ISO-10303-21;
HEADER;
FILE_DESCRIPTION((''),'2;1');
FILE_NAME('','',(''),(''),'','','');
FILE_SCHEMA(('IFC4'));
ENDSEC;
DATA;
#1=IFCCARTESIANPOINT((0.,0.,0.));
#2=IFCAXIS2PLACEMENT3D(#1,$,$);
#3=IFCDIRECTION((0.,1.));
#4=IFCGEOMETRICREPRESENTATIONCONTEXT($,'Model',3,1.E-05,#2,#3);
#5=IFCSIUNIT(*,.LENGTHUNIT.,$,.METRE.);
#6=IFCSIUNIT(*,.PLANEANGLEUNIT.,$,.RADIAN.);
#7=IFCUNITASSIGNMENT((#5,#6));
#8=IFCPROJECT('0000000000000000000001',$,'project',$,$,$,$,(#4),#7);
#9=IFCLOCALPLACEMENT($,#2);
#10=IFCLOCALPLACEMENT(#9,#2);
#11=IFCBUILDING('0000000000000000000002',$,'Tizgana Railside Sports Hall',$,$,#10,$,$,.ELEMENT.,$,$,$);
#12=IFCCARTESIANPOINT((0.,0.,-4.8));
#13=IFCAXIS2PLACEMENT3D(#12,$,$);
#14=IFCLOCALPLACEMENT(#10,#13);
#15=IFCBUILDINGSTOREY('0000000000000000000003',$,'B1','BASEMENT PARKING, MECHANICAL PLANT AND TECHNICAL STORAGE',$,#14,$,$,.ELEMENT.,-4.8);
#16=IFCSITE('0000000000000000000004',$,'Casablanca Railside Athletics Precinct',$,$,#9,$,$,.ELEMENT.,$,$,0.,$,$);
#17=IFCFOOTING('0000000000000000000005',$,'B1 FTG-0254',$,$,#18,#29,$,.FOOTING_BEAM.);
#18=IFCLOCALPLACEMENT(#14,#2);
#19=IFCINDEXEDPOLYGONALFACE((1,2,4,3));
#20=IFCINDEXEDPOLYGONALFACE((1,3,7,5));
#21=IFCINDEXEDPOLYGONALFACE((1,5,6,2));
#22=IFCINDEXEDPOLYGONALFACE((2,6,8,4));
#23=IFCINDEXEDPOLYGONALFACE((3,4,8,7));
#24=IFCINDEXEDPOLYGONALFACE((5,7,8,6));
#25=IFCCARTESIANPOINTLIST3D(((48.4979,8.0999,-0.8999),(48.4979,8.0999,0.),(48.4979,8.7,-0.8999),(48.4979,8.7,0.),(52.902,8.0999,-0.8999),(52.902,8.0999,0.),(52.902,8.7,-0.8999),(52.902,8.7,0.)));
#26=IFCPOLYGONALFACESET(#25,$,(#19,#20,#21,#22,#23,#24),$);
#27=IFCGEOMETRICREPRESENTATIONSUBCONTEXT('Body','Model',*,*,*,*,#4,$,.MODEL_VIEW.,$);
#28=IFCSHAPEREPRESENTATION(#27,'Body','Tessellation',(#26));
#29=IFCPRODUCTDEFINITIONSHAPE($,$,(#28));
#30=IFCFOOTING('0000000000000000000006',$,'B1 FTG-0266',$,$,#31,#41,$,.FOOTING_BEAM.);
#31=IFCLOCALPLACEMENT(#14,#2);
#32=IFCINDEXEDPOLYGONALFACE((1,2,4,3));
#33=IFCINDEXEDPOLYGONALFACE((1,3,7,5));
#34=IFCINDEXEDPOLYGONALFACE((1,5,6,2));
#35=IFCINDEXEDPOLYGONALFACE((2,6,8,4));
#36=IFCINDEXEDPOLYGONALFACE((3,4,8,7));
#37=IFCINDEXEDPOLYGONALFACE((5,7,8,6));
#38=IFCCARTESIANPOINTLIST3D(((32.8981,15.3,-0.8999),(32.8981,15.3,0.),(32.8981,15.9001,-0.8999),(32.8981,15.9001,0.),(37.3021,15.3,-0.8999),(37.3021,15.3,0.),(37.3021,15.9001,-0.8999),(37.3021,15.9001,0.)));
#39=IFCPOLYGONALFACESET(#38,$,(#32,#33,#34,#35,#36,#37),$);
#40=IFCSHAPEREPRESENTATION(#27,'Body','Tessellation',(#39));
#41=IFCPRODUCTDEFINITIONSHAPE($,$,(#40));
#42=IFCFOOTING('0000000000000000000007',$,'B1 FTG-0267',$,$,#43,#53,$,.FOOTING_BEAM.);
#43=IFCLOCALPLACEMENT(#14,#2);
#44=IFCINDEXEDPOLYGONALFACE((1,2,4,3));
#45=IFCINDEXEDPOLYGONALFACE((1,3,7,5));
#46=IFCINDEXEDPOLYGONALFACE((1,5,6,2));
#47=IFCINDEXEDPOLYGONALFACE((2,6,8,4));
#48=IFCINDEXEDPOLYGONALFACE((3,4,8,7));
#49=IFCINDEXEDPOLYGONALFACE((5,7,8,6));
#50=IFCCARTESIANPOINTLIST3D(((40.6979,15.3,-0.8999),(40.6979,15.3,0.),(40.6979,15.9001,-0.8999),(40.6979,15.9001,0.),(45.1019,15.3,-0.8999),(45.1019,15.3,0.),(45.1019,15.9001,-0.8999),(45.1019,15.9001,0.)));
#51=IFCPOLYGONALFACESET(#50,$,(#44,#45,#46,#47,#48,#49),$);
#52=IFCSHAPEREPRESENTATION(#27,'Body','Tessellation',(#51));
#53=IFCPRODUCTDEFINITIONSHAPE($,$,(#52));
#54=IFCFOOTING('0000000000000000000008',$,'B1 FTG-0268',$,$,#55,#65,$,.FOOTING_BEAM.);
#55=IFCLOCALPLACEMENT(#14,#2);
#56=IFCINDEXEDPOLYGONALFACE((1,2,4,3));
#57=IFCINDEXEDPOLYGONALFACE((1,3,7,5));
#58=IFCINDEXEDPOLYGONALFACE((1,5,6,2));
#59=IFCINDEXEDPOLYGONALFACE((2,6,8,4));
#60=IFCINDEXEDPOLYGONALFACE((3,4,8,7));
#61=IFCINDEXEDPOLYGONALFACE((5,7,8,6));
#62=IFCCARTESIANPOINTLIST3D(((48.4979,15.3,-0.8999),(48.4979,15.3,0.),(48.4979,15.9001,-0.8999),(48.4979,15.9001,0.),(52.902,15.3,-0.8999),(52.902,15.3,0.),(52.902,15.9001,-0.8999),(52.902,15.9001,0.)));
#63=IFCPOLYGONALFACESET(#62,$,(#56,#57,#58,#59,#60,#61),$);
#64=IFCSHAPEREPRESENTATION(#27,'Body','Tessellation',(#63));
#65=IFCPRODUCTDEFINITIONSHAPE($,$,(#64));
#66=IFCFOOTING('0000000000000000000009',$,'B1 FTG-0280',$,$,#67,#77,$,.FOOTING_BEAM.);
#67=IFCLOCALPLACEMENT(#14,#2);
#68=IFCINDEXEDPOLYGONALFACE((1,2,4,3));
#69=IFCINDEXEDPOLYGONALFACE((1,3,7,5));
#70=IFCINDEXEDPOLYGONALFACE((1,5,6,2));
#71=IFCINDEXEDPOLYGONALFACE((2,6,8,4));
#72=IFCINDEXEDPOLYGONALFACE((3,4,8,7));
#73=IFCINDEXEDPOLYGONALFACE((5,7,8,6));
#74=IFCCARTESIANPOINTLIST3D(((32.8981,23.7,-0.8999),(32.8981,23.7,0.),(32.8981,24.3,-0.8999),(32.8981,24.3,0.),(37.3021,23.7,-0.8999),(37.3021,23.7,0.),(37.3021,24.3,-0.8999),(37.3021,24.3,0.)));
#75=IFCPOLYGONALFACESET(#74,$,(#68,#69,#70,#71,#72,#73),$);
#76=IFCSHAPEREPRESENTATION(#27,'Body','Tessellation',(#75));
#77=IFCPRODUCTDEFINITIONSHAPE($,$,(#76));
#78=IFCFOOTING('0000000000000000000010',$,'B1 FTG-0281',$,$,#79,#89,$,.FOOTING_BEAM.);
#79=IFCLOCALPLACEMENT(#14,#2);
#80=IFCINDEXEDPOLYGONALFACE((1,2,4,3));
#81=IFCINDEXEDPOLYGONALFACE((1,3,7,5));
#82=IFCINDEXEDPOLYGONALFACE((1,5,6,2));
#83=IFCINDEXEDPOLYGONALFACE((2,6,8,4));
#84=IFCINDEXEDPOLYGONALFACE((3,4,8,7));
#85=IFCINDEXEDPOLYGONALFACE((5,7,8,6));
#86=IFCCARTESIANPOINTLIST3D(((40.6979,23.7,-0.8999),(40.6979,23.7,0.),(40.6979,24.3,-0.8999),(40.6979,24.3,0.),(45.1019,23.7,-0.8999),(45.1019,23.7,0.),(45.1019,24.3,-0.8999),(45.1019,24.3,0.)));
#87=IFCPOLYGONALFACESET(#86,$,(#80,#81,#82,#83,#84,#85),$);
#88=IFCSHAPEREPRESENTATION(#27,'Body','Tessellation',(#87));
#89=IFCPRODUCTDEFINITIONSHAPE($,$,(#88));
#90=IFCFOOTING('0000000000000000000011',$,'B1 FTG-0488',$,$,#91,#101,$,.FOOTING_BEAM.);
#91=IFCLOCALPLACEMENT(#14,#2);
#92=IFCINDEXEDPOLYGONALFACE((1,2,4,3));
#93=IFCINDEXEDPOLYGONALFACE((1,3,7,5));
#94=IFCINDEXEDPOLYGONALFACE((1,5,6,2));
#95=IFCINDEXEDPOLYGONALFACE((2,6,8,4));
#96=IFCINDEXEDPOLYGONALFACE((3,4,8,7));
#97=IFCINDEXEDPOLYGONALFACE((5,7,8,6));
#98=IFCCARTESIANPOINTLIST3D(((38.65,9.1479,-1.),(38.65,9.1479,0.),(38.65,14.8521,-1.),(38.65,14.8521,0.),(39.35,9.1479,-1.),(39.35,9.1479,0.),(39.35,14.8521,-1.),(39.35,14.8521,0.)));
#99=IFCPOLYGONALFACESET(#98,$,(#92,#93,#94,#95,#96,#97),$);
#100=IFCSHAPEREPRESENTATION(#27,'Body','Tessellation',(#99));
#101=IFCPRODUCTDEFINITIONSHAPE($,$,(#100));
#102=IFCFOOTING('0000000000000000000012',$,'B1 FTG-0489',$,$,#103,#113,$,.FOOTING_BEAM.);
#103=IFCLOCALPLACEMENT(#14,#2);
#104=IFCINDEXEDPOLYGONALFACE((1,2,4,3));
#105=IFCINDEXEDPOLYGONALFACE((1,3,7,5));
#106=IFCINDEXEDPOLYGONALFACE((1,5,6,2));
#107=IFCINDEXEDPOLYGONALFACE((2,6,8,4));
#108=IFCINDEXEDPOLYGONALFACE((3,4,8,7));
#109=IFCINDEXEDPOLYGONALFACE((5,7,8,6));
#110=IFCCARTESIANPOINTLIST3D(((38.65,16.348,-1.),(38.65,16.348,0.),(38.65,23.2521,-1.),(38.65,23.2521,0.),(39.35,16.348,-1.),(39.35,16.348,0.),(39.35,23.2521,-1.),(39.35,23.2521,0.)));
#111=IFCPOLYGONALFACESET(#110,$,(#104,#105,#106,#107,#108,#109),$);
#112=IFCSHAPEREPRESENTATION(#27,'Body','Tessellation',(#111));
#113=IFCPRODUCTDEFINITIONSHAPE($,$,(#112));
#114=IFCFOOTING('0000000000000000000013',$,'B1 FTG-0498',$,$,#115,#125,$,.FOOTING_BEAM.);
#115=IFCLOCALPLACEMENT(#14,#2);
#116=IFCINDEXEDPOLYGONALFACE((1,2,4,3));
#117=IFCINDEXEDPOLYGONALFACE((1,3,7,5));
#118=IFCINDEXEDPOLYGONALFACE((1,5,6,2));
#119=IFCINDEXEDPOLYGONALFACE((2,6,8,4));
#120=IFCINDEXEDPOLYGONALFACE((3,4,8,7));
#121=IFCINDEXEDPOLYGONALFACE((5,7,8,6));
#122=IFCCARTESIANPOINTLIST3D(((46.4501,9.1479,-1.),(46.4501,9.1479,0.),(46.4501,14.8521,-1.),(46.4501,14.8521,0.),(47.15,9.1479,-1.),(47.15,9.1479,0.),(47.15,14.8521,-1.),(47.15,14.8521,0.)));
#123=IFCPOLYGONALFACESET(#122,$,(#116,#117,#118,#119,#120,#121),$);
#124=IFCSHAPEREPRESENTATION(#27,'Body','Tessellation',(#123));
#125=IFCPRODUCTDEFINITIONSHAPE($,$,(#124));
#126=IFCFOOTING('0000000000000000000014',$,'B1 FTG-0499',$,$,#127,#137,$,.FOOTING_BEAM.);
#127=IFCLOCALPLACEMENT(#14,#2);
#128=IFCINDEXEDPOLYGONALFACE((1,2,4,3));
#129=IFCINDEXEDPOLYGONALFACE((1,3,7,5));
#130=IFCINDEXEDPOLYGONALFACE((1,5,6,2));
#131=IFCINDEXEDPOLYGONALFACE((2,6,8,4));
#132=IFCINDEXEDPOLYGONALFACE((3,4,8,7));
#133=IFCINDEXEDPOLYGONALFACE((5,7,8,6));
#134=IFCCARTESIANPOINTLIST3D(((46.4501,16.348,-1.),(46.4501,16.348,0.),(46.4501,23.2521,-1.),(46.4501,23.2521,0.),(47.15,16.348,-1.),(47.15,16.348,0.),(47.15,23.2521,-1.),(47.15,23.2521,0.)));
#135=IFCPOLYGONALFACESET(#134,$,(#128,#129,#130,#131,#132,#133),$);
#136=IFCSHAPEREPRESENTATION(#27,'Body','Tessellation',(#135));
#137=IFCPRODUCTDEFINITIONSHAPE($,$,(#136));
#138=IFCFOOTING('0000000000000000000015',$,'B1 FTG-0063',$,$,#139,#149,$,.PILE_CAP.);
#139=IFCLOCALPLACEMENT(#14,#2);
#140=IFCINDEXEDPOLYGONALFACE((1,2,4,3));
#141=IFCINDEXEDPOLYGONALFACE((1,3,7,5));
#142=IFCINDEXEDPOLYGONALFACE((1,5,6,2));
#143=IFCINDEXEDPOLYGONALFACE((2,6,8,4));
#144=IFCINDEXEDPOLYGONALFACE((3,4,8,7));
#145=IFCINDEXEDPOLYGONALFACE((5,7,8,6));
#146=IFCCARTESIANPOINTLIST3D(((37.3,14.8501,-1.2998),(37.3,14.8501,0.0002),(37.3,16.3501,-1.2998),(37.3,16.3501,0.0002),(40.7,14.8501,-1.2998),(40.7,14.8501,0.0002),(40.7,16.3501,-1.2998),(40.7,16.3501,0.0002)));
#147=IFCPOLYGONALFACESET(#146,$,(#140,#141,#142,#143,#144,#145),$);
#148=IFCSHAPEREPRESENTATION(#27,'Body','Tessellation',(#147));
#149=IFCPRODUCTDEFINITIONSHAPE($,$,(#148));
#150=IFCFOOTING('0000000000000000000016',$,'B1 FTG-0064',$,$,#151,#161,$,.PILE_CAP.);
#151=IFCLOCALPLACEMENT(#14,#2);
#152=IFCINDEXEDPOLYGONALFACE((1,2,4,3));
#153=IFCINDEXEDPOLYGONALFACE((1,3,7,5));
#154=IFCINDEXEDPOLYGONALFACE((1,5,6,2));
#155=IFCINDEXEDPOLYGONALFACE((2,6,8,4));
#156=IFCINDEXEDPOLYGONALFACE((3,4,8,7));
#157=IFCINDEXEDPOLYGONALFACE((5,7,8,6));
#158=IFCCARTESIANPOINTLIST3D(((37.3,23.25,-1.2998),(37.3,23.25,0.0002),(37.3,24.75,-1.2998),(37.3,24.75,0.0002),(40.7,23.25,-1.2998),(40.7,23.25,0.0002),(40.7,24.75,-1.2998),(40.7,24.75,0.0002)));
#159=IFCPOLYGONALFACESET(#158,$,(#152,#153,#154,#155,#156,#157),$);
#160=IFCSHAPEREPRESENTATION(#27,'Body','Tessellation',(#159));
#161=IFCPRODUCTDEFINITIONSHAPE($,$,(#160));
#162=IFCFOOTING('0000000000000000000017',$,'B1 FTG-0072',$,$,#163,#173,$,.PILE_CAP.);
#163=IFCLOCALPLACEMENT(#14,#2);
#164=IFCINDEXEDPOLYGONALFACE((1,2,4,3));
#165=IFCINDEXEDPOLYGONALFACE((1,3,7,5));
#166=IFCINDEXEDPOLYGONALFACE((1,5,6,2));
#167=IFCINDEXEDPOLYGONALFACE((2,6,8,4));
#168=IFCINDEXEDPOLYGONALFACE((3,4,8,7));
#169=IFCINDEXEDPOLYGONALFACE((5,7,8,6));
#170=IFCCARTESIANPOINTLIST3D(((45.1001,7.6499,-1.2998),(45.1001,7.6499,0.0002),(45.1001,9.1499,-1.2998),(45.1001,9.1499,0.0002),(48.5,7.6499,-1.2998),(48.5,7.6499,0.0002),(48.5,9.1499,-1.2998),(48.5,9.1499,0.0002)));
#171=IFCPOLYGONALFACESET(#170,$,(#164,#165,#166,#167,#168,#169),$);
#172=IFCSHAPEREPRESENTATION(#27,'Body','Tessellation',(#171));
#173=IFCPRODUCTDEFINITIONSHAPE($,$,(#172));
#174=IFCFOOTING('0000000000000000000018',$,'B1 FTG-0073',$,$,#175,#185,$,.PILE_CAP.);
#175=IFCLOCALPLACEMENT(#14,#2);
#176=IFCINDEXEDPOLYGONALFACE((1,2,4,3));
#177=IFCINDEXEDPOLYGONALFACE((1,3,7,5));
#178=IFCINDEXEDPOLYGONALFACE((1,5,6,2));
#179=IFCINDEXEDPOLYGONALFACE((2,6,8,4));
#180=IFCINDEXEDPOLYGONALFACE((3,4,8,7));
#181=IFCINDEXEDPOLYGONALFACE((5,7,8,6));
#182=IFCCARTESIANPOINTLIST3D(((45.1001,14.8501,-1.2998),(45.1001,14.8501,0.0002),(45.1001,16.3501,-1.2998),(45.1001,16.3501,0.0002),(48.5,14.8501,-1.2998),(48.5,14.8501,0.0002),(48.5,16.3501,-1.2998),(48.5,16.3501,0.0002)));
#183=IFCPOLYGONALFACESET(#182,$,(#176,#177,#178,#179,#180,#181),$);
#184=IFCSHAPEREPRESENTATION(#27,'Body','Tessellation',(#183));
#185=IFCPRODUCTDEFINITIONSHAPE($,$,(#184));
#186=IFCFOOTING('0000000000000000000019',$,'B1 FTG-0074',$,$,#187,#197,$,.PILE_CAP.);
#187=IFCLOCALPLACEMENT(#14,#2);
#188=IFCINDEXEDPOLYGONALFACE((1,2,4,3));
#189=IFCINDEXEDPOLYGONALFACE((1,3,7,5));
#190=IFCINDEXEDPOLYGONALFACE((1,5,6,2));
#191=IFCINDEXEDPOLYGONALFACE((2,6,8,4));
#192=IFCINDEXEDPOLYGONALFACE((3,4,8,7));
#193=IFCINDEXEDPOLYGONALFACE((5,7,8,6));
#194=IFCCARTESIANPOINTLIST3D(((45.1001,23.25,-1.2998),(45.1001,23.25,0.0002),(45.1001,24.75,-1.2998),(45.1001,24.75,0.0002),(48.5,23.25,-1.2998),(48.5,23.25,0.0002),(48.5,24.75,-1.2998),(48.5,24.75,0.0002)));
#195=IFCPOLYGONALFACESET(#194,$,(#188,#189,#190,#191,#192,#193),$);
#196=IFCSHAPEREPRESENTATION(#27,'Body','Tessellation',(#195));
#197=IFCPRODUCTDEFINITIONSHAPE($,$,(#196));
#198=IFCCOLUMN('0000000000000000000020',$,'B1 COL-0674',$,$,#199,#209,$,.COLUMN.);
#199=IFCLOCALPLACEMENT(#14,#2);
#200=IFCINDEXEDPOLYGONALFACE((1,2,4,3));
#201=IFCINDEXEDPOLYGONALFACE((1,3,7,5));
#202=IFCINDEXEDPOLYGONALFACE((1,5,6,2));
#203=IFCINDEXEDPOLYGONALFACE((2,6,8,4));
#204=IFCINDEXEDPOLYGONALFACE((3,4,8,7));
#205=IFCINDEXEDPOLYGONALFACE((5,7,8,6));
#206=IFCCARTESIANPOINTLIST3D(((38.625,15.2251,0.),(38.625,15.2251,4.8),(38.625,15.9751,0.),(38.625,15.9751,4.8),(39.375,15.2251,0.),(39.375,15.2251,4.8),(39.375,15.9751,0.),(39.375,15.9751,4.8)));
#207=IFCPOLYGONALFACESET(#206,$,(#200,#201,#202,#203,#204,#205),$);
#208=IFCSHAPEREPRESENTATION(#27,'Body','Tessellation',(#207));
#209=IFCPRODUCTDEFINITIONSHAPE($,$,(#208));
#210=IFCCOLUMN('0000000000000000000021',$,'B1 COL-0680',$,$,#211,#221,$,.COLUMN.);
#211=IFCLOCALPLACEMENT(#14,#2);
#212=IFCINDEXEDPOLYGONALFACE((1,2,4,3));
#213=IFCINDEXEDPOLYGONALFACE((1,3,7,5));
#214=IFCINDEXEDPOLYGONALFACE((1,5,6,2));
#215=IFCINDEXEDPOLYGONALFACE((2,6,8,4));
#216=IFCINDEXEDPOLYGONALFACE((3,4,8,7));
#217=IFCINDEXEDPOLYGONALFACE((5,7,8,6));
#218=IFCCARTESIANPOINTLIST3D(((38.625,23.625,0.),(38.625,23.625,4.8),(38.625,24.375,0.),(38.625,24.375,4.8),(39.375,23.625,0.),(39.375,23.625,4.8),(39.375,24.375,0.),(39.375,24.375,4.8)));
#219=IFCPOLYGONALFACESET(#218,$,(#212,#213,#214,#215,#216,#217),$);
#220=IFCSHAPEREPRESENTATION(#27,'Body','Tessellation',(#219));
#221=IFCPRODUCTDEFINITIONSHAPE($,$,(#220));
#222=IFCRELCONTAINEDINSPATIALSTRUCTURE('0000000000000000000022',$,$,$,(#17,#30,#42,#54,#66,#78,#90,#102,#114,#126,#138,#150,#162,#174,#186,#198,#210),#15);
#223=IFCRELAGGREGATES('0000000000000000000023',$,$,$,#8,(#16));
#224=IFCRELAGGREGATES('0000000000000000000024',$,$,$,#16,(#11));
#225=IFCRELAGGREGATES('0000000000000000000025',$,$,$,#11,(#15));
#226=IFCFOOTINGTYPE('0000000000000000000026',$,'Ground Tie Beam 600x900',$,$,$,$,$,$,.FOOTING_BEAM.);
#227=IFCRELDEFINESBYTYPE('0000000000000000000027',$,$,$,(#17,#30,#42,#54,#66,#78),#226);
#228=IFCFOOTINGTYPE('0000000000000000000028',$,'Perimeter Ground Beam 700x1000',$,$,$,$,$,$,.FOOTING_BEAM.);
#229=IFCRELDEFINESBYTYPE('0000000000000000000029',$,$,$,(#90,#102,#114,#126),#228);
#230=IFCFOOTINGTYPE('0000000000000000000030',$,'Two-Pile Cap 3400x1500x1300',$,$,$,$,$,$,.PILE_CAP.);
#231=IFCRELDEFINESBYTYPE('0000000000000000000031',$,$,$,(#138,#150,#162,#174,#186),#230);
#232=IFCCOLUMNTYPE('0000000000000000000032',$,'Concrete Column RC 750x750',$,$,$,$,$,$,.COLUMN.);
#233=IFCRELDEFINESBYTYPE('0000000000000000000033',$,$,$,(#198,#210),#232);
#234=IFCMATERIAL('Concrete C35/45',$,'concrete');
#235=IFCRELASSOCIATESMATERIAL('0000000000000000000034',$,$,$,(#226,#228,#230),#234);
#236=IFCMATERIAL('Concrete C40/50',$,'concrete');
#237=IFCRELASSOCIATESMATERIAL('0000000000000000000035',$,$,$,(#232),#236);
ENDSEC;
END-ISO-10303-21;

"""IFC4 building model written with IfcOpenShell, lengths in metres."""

from ifc_helpers import new_model, si_unit, direction, frame, origin, origin_2d, place, context, subcontext, project, spatial, rectangle, extrude, material, material_profile, profile_set, type_object, element, save


model = new_model("IFC4")

# Units and contexts
model_context = context("Model", 3, precision=1e-05, world=origin(), true_north=direction((0.0, 1.0)))
body_context = subcontext(model_context, "Body", "Model", "MODEL_VIEW")
ifc_project = project(units=[si_unit("LENGTHUNIT", "METRE"), si_unit("PLANEANGLEUNIT", "RADIAN")], contexts=[model_context])

# Site, building, storey
site_placement = place(None, origin())
site = spatial("IfcSite", under=ifc_project, at=site_placement, Name="Casablanca Railside Athletics Precinct", CompositionType="ELEMENT", RefElevation=0.0)
building_placement = place(site_placement, origin())
building = spatial("IfcBuilding", under=site, at=building_placement, Name="Tizgana Railside Sports Hall", CompositionType="ELEMENT")
storey_placement = place(building_placement, frame((0.0, 0.0, -4.8)))
storey = spatial("IfcBuildingStorey", under=building, at=storey_placement, Name="B1", Description="BASEMENT PARKING, MECHANICAL PLANT AND TECHNICAL STORAGE", CompositionType="ELEMENT", Elevation=-4.8)

# Shared definitions
ifc_material_1 = material(Name="Concrete C35/45", Category="concrete")

# Footings
footing_type_1 = type_object("IfcFootingType", Name="Ground Tie Beam 600x900", PredefinedType="FOOTING_BEAM", material=ifc_material_1)
for number, where, z_axis, x_axis, name in (
    (1, (50.7, 8.3999, -0.8999), (0.0, 0.0, 1.0), (1.0, 0.0, 0.0), "B1 FTG-0254"),
    (2, (35.1001, 15.6001, -0.8999), (0.0, 0.0, 1.0), (1.0, 0.0, 0.0), "B1 FTG-0266"),
    (3, (42.8999, 15.6001, -0.8999), (0.0, 0.0, 1.0), (1.0, 0.0, 0.0), "B1 FTG-0267"),
    (4, (50.7, 15.6001, -0.8999), (0.0, 0.0, 1.0), (1.0, 0.0, 0.0), "B1 FTG-0268"),
    (5, (35.1001, 24.0, -0.8999), (0.0, 0.0, 1.0), (1.0, 0.0, 0.0), "B1 FTG-0280"),
    (6, (42.8999, 24.0, -0.8999), (0.0, 0.0, 1.0), (1.0, 0.0, 0.0), "B1 FTG-0281"),
):
    element("IfcFooting", number, at=place(storey_placement, frame(where, z_axis=z_axis, x_axis=x_axis)), inside=storey, type_object=footing_type_1, Name=name, PredefinedType="FOOTING_BEAM", context=body_context, shape_type="SweptSolid", body=[
        extrude(rectangle(XDim=4.4041, YDim=0.6001, at=origin_2d()), origin(), (0.0, 0.0, 1.0), 0.8999),
    ])
footing_type_2 = type_object("IfcFootingType", Name="Perimeter Ground Beam 700x1000", PredefinedType="FOOTING_BEAM", material=ifc_material_1)
footing_1_placement = place(storey_placement, frame((39.0, 12.0, -1.0), z_axis=(0.0, 0.0, 1.0), x_axis=(0.0, 1.0, 0.0)))
element("IfcFooting", 7, at=footing_1_placement, inside=storey, type_object=footing_type_2, Name="B1 FTG-0488", PredefinedType="FOOTING_BEAM", context=body_context, shape_type="SweptSolid", body=[
    extrude(rectangle(XDim=5.7041, YDim=0.7, at=origin_2d()), origin(), (0.0, 0.0, 1.0), 1.0),
])
footing_2_placement = place(storey_placement, frame((39.0, 19.8, -1.0), z_axis=(0.0, 0.0, 1.0), x_axis=(0.0, 1.0, 0.0)))
element("IfcFooting", 8, at=footing_2_placement, inside=storey, type_object=footing_type_2, Name="B1 FTG-0489", PredefinedType="FOOTING_BEAM", context=body_context, shape_type="SweptSolid", body=[
    extrude(rectangle(XDim=6.9041, YDim=0.7, at=origin_2d()), origin(), (0.0, 0.0, 1.0), 1.0),
])
footing_3_placement = place(storey_placement, frame((46.8, 12.0, -1.0), z_axis=(0.0, 0.0, 1.0), x_axis=(0.0, 1.0, 0.0)))
element("IfcFooting", 9, at=footing_3_placement, inside=storey, type_object=footing_type_2, Name="B1 FTG-0498", PredefinedType="FOOTING_BEAM", context=body_context, shape_type="SweptSolid", body=[
    extrude(rectangle(XDim=5.7041, YDim=0.7, at=origin_2d()), origin(), (0.0, 0.0, 1.0), 1.0),
])
footing_4_placement = place(storey_placement, frame((46.8, 19.8, -1.0), z_axis=(0.0, 0.0, 1.0), x_axis=(0.0, 1.0, 0.0)))
element("IfcFooting", 10, at=footing_4_placement, inside=storey, type_object=footing_type_2, Name="B1 FTG-0499", PredefinedType="FOOTING_BEAM", context=body_context, shape_type="SweptSolid", body=[
    extrude(rectangle(XDim=6.9041, YDim=0.7, at=origin_2d()), origin(), (0.0, 0.0, 1.0), 1.0),
])
footing_type_3 = type_object("IfcFootingType", Name="Two-Pile Cap 3400x1500x1300", PredefinedType="PILE_CAP", material=ifc_material_1)
for number, where, z_axis, x_axis, name in (
    (11, (39.0, 15.6001, -1.2998), (0.0, 0.0, 1.0), (1.0, 0.0, 0.0), "B1 FTG-0063"),
    (12, (39.0, 24.0, -1.2998), (0.0, 0.0, 1.0), (1.0, 0.0, 0.0), "B1 FTG-0064"),
    (13, (46.8, 8.3999, -1.2998), (0.0, 0.0, 1.0), (1.0, 0.0, 0.0), "B1 FTG-0072"),
    (14, (46.8, 15.6001, -1.2998), (0.0, 0.0, 1.0), (1.0, 0.0, 0.0), "B1 FTG-0073"),
    (15, (46.8, 24.0, -1.2998), (0.0, 0.0, 1.0), (1.0, 0.0, 0.0), "B1 FTG-0074"),
):
    element("IfcFooting", number, at=place(storey_placement, frame(where, z_axis=z_axis, x_axis=x_axis)), inside=storey, type_object=footing_type_3, Name=name, PredefinedType="PILE_CAP", context=body_context, shape_type="SweptSolid", body=[
        extrude(rectangle(XDim=3.3999, YDim=1.5, at=origin_2d()), origin(), (0.0, 0.0, 1.0), 1.3),
    ])

# Columns
ifc_material_2 = material(Name="Concrete C40/50", Category="concrete")
ifc_material_profile_1 = material_profile(ifc_material_2, rectangle(XDim=0.75, YDim=0.75, at=origin_2d()), Name="RC 750x750")
ifc_profile_set_1 = profile_set([ifc_material_profile_1], Name="Concrete C40/50")
column_type = type_object("IfcColumnType", Name="Concrete Column RC 750x750", PredefinedType="COLUMN", material=ifc_profile_set_1)
for number, where, z_axis, x_axis, name in (
    (16, (39.0, 15.6001, 0.0), (0.0, 0.0, 1.0), (1.0, 0.0, 0.0), "B1 COL-0674"),
    (17, (39.0, 24.0, 0.0), (0.0, 0.0, 1.0), (1.0, 0.0, 0.0), "B1 COL-0680"),
):
    element("IfcColumn", number, at=place(storey_placement, frame(where, z_axis=z_axis, x_axis=x_axis)), inside=storey, type_object=column_type, Name=name, PredefinedType="COLUMN", context=body_context, shape_type="SweptSolid", body=[
        extrude(rectangle(XDim=0.75, YDim=0.75, at=origin_2d()), origin(), (0.0, 0.0, 1.0), 4.8),
    ])

save(model, "model.ifc")
